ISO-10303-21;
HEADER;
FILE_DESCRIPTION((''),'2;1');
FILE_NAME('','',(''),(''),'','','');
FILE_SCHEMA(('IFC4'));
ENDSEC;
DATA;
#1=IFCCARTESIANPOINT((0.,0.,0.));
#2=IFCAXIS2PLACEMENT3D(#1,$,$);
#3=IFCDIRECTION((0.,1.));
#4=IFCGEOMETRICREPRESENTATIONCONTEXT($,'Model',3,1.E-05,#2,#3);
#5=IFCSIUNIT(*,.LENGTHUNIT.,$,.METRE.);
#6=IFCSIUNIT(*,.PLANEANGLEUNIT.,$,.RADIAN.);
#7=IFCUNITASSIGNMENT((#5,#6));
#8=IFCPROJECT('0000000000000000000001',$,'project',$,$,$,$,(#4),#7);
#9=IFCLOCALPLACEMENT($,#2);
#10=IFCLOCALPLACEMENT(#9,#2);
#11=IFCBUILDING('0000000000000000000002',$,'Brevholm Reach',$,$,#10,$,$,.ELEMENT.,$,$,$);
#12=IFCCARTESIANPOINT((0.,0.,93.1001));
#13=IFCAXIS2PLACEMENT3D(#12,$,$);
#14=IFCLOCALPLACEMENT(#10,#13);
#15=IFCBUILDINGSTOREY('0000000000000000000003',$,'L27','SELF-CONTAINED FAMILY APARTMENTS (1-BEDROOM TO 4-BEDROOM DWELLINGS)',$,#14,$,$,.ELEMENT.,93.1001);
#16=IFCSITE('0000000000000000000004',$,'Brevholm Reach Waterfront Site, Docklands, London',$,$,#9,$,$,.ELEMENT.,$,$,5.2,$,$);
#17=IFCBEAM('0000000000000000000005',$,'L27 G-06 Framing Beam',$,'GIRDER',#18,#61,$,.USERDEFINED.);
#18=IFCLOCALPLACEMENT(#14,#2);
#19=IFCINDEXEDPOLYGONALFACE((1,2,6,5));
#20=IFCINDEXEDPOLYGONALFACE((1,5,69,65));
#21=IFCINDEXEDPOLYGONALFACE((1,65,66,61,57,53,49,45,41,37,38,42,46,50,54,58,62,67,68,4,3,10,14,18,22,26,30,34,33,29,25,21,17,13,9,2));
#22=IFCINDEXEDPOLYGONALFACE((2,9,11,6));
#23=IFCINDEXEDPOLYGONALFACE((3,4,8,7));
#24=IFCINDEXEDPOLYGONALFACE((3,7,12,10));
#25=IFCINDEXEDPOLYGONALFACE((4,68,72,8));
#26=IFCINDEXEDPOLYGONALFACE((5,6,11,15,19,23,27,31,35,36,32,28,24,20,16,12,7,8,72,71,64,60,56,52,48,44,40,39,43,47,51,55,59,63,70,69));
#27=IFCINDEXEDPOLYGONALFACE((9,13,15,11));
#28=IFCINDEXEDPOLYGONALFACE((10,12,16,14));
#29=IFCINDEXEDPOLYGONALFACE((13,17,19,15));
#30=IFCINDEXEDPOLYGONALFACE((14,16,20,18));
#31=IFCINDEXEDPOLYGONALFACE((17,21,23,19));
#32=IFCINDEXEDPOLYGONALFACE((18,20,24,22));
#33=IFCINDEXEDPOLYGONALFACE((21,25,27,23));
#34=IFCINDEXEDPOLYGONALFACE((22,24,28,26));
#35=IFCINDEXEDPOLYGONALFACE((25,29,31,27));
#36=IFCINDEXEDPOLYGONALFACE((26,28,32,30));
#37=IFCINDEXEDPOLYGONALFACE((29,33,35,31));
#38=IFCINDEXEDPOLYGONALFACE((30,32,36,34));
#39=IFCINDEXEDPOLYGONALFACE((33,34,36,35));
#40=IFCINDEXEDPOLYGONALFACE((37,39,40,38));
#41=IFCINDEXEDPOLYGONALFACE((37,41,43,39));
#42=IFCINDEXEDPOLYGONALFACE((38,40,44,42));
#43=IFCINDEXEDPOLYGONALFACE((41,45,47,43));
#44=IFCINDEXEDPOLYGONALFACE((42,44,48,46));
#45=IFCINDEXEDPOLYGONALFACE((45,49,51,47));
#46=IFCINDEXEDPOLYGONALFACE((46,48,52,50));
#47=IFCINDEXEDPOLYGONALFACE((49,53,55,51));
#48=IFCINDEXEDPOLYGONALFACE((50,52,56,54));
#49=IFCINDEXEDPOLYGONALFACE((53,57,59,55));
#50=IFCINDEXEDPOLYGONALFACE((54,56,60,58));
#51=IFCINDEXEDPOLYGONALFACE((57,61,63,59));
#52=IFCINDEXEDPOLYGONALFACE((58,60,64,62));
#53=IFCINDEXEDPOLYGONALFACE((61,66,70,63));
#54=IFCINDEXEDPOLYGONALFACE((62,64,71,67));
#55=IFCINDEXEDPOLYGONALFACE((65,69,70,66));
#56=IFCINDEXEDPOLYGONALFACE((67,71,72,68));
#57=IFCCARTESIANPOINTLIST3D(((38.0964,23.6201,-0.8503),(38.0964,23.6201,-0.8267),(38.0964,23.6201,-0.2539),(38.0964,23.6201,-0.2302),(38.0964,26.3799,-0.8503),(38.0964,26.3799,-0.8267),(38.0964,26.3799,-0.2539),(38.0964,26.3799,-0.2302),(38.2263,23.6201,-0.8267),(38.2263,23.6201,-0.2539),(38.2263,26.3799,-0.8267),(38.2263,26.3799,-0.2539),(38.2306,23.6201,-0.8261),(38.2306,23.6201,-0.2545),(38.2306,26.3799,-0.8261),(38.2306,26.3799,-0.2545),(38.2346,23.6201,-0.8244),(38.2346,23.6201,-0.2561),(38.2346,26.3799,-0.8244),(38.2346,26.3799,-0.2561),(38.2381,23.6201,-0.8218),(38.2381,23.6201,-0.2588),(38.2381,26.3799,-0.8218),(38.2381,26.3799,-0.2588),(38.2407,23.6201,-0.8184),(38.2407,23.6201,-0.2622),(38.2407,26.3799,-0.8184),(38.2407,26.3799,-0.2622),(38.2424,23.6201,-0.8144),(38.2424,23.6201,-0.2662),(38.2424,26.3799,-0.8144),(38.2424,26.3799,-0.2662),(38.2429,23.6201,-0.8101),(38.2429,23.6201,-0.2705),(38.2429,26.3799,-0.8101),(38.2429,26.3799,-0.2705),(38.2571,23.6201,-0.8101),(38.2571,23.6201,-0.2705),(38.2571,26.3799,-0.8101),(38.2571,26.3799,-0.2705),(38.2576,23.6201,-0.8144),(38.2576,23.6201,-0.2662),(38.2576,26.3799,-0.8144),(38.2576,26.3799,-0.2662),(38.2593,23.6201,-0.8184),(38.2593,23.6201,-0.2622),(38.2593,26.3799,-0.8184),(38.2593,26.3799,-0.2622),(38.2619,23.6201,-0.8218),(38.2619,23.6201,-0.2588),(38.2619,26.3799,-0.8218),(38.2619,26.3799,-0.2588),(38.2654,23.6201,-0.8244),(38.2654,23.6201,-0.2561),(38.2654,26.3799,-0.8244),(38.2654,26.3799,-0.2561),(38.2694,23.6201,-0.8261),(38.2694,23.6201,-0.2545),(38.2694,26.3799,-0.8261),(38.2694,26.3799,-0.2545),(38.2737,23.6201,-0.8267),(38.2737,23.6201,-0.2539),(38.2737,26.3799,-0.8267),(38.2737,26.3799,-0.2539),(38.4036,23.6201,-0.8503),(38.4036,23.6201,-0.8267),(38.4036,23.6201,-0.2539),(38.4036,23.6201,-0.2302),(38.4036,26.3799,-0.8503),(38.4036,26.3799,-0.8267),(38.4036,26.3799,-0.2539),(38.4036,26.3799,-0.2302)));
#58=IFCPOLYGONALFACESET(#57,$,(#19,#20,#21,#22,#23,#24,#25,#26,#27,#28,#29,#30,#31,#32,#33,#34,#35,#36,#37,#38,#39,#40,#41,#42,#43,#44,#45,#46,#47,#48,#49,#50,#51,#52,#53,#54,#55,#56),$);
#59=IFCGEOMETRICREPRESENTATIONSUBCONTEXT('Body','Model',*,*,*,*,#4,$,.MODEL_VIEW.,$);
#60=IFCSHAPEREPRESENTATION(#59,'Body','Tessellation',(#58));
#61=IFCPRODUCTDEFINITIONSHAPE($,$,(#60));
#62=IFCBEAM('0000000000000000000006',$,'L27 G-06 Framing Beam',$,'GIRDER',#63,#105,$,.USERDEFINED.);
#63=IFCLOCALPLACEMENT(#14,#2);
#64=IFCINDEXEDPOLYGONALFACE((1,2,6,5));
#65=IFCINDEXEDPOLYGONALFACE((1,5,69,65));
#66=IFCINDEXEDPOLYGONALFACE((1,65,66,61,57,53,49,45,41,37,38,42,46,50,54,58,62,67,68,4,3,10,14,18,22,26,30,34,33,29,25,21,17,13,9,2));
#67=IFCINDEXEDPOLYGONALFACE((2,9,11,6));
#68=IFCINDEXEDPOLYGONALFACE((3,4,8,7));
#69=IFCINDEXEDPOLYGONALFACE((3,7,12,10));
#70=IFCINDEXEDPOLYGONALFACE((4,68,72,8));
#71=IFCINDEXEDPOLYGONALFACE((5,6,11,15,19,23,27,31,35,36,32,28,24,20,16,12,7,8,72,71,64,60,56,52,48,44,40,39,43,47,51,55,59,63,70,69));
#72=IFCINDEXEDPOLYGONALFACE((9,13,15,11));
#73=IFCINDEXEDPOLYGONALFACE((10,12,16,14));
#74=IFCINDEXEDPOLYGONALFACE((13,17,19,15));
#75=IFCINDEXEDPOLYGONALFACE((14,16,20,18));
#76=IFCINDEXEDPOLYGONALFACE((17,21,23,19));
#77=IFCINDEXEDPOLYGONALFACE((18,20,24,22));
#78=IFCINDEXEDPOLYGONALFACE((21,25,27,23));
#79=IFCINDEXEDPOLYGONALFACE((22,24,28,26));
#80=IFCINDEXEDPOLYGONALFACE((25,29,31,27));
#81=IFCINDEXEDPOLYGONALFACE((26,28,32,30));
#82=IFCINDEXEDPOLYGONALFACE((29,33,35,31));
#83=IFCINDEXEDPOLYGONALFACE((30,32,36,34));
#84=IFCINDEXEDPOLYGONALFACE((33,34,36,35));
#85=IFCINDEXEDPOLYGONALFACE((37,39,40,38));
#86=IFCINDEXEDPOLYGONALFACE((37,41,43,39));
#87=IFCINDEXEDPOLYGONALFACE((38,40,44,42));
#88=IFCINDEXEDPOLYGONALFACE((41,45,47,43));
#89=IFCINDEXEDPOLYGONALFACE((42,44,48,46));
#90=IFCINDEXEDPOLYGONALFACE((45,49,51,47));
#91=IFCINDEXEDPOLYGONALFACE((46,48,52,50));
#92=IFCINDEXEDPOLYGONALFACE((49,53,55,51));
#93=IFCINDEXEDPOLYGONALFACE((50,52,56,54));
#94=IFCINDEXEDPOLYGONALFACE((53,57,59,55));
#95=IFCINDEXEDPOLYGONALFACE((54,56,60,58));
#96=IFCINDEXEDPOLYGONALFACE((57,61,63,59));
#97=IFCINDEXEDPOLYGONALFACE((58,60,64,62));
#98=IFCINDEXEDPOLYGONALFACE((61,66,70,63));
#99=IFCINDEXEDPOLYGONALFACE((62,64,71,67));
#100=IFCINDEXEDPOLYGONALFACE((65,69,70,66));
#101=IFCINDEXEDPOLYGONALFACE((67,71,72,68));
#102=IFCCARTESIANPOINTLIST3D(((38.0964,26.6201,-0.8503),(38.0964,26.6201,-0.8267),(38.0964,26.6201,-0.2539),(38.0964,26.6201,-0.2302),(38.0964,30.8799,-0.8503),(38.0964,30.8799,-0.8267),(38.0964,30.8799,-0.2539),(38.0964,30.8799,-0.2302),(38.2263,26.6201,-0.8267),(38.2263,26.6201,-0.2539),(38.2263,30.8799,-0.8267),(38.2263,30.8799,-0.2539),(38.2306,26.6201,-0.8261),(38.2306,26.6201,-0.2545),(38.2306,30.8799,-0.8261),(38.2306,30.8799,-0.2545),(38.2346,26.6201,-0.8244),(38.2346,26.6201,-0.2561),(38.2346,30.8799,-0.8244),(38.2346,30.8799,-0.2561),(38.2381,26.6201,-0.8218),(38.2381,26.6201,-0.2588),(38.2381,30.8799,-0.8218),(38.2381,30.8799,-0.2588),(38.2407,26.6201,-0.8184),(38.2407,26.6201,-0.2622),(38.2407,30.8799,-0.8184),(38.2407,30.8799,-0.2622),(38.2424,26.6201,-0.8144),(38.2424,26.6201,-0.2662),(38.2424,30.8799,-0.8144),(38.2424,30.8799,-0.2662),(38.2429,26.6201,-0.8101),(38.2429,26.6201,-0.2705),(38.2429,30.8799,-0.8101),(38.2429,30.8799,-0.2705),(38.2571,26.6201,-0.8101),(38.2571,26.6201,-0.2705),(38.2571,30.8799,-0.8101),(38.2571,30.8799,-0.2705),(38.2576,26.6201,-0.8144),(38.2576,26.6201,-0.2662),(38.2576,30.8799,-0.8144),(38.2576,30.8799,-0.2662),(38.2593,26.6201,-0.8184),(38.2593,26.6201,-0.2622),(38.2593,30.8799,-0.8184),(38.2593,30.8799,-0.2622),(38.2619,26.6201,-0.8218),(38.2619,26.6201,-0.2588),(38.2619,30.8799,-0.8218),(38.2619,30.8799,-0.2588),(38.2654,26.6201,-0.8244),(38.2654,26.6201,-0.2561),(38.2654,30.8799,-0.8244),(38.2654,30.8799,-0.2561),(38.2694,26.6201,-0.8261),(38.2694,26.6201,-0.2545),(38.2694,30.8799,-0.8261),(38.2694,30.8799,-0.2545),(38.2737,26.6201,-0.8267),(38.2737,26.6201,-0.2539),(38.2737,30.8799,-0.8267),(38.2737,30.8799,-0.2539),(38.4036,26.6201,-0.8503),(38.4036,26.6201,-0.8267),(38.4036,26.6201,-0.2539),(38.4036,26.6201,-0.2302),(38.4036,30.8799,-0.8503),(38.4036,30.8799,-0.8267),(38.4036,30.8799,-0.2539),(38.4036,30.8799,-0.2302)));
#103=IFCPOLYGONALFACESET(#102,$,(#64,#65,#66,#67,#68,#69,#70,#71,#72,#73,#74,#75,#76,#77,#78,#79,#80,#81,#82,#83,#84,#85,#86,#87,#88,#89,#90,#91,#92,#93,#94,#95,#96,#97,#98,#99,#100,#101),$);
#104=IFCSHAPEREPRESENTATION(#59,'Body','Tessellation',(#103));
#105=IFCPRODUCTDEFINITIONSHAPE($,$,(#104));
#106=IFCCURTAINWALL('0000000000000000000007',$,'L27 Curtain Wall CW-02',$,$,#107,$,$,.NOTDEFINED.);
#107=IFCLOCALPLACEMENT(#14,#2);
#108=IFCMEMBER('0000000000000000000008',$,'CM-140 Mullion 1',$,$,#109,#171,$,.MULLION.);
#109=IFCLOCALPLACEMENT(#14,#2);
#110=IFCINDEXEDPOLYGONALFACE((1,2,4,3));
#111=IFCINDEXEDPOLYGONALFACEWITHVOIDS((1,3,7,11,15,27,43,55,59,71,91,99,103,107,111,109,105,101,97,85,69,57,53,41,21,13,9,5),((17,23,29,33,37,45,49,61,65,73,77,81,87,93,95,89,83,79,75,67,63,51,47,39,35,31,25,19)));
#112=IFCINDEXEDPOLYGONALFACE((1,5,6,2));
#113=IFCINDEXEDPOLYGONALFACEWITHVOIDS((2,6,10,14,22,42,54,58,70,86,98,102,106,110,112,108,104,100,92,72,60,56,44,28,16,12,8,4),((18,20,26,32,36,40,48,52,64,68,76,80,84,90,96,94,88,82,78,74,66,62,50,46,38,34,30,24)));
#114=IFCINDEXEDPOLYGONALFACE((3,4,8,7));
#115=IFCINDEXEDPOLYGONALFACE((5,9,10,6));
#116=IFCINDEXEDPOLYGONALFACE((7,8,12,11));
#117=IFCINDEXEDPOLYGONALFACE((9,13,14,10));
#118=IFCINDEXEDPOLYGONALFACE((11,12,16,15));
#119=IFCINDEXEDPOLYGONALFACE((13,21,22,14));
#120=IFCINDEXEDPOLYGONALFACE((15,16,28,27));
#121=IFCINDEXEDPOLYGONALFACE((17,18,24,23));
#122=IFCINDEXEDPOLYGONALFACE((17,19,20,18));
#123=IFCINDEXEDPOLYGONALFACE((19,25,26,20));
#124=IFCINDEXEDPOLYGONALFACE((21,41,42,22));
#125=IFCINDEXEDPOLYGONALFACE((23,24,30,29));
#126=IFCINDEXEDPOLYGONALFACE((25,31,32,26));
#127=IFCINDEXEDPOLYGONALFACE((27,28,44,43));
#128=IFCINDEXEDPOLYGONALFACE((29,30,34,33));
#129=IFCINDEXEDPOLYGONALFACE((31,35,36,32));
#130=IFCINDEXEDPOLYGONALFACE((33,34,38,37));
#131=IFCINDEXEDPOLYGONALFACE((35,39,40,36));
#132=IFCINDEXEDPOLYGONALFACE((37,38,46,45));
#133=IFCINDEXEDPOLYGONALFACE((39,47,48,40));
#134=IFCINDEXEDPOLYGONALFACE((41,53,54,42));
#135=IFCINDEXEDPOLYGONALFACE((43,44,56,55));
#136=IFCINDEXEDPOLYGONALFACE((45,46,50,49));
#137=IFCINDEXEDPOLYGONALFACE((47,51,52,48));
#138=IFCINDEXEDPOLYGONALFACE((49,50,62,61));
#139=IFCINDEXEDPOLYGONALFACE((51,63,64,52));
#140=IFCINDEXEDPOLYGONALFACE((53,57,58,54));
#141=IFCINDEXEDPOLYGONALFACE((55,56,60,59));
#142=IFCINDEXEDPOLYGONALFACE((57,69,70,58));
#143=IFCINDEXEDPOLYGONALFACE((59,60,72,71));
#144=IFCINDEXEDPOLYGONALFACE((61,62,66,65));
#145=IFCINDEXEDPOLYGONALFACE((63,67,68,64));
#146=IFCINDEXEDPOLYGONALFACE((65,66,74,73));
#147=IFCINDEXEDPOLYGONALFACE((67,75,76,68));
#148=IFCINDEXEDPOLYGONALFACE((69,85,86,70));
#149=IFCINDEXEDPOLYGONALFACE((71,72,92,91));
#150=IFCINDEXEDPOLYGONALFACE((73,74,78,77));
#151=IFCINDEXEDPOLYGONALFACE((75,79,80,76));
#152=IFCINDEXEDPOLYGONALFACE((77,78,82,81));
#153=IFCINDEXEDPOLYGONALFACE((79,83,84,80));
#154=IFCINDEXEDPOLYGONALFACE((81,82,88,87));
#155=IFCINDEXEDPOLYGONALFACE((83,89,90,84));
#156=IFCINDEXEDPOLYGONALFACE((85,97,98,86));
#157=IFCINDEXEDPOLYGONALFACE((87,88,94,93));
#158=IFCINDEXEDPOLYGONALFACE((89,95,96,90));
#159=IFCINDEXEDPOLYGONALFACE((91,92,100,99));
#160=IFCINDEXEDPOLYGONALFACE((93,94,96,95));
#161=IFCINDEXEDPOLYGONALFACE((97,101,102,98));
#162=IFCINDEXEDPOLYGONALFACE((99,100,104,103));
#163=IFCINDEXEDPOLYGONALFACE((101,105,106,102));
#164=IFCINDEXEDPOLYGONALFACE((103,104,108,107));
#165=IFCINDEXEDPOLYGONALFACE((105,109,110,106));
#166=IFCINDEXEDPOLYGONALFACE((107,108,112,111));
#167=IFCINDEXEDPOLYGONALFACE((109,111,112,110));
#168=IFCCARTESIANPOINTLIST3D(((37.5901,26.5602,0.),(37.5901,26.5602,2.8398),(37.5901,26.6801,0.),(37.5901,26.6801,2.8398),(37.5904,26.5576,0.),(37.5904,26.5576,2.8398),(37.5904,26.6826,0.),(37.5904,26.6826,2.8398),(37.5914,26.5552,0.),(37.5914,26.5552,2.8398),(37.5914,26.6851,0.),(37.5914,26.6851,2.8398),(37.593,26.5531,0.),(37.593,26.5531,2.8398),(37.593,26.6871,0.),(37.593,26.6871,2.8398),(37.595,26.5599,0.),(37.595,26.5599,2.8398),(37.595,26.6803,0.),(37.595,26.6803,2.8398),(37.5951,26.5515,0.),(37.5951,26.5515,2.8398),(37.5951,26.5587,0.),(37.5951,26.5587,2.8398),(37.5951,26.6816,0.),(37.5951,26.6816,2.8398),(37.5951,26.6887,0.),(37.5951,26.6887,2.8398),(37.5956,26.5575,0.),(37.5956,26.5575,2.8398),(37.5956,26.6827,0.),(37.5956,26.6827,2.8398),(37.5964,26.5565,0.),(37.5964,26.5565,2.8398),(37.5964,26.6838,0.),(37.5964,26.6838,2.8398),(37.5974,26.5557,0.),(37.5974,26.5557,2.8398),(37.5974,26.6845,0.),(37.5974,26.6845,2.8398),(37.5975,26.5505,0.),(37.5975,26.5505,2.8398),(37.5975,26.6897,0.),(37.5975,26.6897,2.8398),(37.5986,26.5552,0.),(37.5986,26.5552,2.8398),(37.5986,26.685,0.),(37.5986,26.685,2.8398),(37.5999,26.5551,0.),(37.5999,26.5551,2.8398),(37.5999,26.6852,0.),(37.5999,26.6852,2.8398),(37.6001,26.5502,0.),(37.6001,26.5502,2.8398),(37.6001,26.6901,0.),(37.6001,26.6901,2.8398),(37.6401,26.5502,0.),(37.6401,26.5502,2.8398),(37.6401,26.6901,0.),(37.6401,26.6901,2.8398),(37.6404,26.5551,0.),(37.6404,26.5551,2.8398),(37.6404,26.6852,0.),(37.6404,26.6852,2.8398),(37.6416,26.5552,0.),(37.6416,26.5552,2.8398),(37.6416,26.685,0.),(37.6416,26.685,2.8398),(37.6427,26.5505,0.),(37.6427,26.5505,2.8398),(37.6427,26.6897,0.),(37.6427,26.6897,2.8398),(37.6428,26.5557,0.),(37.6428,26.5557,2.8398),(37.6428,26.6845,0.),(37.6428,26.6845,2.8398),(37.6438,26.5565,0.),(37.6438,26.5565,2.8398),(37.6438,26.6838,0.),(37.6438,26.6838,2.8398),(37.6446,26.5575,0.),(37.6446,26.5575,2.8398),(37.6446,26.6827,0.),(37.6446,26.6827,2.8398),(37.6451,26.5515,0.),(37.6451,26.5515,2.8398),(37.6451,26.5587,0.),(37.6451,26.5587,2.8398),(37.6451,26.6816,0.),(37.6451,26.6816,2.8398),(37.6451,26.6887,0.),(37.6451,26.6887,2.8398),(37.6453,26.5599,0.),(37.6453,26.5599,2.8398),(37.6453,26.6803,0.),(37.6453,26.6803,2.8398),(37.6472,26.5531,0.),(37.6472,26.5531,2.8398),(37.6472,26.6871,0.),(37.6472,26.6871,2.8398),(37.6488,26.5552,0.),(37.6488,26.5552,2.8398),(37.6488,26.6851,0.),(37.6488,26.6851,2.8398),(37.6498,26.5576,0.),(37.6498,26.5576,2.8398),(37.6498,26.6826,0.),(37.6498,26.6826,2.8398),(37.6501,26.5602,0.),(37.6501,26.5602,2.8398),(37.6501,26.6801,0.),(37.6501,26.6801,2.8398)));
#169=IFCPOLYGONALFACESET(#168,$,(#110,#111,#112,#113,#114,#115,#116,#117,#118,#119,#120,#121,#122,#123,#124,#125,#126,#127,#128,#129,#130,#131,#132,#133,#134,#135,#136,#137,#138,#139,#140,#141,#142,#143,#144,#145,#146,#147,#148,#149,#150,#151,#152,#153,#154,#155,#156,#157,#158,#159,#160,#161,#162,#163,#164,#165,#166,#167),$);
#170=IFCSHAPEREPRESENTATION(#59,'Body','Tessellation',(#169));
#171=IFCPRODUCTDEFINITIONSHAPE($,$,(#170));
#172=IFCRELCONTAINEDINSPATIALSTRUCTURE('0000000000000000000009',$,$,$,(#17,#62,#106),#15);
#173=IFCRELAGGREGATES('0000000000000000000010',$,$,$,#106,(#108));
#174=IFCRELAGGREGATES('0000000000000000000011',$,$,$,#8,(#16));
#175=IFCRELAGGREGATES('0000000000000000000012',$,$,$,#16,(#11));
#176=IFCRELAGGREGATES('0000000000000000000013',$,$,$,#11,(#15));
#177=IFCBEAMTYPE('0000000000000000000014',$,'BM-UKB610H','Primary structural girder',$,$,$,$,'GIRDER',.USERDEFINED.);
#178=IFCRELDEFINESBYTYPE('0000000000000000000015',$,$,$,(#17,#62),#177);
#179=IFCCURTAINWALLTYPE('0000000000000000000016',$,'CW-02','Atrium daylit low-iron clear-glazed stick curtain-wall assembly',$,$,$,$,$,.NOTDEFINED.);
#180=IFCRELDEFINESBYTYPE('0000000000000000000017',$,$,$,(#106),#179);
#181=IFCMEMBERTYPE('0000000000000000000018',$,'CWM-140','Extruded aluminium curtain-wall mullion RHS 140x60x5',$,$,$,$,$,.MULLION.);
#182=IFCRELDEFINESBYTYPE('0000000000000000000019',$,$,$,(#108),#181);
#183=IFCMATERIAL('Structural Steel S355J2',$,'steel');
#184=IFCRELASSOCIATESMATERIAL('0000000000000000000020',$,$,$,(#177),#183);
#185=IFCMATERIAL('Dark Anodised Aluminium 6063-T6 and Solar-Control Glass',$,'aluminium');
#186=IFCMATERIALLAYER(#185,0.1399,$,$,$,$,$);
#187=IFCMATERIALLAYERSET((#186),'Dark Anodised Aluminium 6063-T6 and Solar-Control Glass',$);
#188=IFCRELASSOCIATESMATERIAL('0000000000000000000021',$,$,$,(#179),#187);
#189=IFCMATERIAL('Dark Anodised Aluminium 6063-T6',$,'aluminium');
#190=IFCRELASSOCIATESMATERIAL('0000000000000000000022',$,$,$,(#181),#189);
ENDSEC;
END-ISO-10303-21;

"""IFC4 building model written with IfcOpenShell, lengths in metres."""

from ifc_helpers import new_model, si_unit, direction, frame, origin, origin_2d, place, context, subcontext, project, spatial, hollow_rectangle, i_section, extrude, material, layer, layer_set, material_profile, profile_set, type_object, element, aggregate, save


model = new_model("IFC4")

# Units and contexts
model_context = context("Model", 3, precision=1e-05, world=origin(), true_north=direction((0.0, 1.0)))
body_context = subcontext(model_context, "Body", "Model", "MODEL_VIEW")
ifc_project = project(units=[si_unit("LENGTHUNIT", "METRE"), si_unit("PLANEANGLEUNIT", "RADIAN")], contexts=[model_context])

# Site, building, storey
site_placement = place(None, origin())
site = spatial("IfcSite", under=ifc_project, at=site_placement, Name="Brevholm Reach Waterfront Site, Docklands, London", CompositionType="ELEMENT", RefElevation=5.2)
building_placement = place(site_placement, origin())
building = spatial("IfcBuilding", under=site, at=building_placement, Name="Brevholm Reach", CompositionType="ELEMENT")
storey_placement = place(building_placement, frame((0.0, 0.0, 93.1001)))
storey = spatial("IfcBuildingStorey", under=building, at=storey_placement, Name="L27", Description="SELF-CONTAINED FAMILY APARTMENTS (1-BEDROOM TO 4-BEDROOM DWELLINGS)", CompositionType="ELEMENT", Elevation=93.1001)

# Beams
ifc_material_1 = material(Name="Structural Steel S355J2", Category="steel")
ifc_material_profile_1 = material_profile(ifc_material_1, i_section(OverallWidth=0.3071, OverallDepth=0.6201, WebThickness=0.0142, FlangeThickness=0.0237, FilletRadius=0.0166, at=origin_2d()), Name="UKB 610x305x179")
ifc_profile_set_1 = profile_set([ifc_material_profile_1], Name="Structural Steel S355J2")
beam_type_1 = type_object("IfcBeamType", Name="BM-UKB610H", Description="Primary structural girder", ElementType="GIRDER", PredefinedType="USERDEFINED", material=ifc_profile_set_1)
beam_1_placement = place(storey_placement, frame((38.25, 23.6201, -0.5403), z_axis=(0.0, 1.0, 0.0), x_axis=(-1.0, 0.0, 0.0)))
element("IfcBeam", 1, at=beam_1_placement, inside=storey, type_object=beam_type_1, Name="L27 G-06 Framing Beam", ObjectType="GIRDER", PredefinedType="USERDEFINED", context=body_context, shape_type="SweptSolid", body=[
    extrude(i_section(OverallWidth=0.3071, OverallDepth=0.6201, WebThickness=0.0142, FlangeThickness=0.0237, FilletRadius=0.0166, at=origin_2d()), origin(), (0.0, 0.0, 1.0), 2.7598),
])
beam_2_placement = place(storey_placement, frame((38.25, 26.6201, -0.5403), z_axis=(0.0, 1.0, 0.0), x_axis=(-1.0, 0.0, 0.0)))
element("IfcBeam", 2, at=beam_2_placement, inside=storey, type_object=beam_type_1, Name="L27 G-06 Framing Beam", ObjectType="GIRDER", PredefinedType="USERDEFINED", context=body_context, shape_type="SweptSolid", body=[
    extrude(i_section(OverallWidth=0.3071, OverallDepth=0.6201, WebThickness=0.0142, FlangeThickness=0.0237, FilletRadius=0.0166, at=origin_2d()), origin(), (0.0, 0.0, 1.0), 4.2598),
])

# Curtain wall, member
ifc_material_2 = material(Name="Dark Anodised Aluminium 6063-T6 and Solar-Control Glass", Category="aluminium")
ifc_layer_1 = layer(ifc_material_2, 0.1399)
ifc_layer_set_1 = layer_set([ifc_layer_1], Name="Dark Anodised Aluminium 6063-T6 and Solar-Control Glass")
curtain_wall_type_1 = type_object("IfcCurtainWallType", Name="CW-02", Description="Atrium daylit low-iron clear-glazed stick curtain-wall assembly", PredefinedType="NOTDEFINED", material=ifc_layer_set_1)
curtain_wall_1_placement = place(storey_placement, origin())
curtain_wall_1 = element("IfcCurtainWall", 3, at=curtain_wall_1_placement, inside=storey, type_object=curtain_wall_type_1, Name="L27 Curtain Wall CW-02", PredefinedType="NOTDEFINED")
ifc_material_3 = material(Name="Dark Anodised Aluminium 6063-T6", Category="aluminium")
ifc_material_profile_2 = material_profile(ifc_material_3, hollow_rectangle(XDim=0.0601, YDim=0.1399, WallThickness=0.0049, InnerFilletRadius=0.0049, OuterFilletRadius=0.01, at=origin_2d()), Name="RHS 140x60x5")
ifc_profile_set_2 = profile_set([ifc_material_profile_2], Name="Dark Anodised Aluminium 6063-T6")
member_type_1 = type_object("IfcMemberType", Name="CWM-140", Description="Extruded aluminium curtain-wall mullion RHS 140x60x5", PredefinedType="MULLION", material=ifc_profile_set_2)
member_1_placement = place(storey_placement, frame((37.6201, 26.6201, 0.0), z_axis=(0.0, 0.0, 1.0), x_axis=(-1.0, 0.0, 0.0)))
member_1 = element("IfcMember", 4, at=member_1_placement, type_object=member_type_1, Name="CM-140 Mullion 1", PredefinedType="MULLION", context=body_context, shape_type="SweptSolid", body=[
    extrude(hollow_rectangle(XDim=0.0601, YDim=0.1399, WallThickness=0.0049, InnerFilletRadius=0.0049, OuterFilletRadius=0.01, at=origin_2d()), origin(), (0.0, 0.0, 1.0), 2.8398),
])

aggregate(curtain_wall_1, [member_1])

save(model, "model.ifc")
